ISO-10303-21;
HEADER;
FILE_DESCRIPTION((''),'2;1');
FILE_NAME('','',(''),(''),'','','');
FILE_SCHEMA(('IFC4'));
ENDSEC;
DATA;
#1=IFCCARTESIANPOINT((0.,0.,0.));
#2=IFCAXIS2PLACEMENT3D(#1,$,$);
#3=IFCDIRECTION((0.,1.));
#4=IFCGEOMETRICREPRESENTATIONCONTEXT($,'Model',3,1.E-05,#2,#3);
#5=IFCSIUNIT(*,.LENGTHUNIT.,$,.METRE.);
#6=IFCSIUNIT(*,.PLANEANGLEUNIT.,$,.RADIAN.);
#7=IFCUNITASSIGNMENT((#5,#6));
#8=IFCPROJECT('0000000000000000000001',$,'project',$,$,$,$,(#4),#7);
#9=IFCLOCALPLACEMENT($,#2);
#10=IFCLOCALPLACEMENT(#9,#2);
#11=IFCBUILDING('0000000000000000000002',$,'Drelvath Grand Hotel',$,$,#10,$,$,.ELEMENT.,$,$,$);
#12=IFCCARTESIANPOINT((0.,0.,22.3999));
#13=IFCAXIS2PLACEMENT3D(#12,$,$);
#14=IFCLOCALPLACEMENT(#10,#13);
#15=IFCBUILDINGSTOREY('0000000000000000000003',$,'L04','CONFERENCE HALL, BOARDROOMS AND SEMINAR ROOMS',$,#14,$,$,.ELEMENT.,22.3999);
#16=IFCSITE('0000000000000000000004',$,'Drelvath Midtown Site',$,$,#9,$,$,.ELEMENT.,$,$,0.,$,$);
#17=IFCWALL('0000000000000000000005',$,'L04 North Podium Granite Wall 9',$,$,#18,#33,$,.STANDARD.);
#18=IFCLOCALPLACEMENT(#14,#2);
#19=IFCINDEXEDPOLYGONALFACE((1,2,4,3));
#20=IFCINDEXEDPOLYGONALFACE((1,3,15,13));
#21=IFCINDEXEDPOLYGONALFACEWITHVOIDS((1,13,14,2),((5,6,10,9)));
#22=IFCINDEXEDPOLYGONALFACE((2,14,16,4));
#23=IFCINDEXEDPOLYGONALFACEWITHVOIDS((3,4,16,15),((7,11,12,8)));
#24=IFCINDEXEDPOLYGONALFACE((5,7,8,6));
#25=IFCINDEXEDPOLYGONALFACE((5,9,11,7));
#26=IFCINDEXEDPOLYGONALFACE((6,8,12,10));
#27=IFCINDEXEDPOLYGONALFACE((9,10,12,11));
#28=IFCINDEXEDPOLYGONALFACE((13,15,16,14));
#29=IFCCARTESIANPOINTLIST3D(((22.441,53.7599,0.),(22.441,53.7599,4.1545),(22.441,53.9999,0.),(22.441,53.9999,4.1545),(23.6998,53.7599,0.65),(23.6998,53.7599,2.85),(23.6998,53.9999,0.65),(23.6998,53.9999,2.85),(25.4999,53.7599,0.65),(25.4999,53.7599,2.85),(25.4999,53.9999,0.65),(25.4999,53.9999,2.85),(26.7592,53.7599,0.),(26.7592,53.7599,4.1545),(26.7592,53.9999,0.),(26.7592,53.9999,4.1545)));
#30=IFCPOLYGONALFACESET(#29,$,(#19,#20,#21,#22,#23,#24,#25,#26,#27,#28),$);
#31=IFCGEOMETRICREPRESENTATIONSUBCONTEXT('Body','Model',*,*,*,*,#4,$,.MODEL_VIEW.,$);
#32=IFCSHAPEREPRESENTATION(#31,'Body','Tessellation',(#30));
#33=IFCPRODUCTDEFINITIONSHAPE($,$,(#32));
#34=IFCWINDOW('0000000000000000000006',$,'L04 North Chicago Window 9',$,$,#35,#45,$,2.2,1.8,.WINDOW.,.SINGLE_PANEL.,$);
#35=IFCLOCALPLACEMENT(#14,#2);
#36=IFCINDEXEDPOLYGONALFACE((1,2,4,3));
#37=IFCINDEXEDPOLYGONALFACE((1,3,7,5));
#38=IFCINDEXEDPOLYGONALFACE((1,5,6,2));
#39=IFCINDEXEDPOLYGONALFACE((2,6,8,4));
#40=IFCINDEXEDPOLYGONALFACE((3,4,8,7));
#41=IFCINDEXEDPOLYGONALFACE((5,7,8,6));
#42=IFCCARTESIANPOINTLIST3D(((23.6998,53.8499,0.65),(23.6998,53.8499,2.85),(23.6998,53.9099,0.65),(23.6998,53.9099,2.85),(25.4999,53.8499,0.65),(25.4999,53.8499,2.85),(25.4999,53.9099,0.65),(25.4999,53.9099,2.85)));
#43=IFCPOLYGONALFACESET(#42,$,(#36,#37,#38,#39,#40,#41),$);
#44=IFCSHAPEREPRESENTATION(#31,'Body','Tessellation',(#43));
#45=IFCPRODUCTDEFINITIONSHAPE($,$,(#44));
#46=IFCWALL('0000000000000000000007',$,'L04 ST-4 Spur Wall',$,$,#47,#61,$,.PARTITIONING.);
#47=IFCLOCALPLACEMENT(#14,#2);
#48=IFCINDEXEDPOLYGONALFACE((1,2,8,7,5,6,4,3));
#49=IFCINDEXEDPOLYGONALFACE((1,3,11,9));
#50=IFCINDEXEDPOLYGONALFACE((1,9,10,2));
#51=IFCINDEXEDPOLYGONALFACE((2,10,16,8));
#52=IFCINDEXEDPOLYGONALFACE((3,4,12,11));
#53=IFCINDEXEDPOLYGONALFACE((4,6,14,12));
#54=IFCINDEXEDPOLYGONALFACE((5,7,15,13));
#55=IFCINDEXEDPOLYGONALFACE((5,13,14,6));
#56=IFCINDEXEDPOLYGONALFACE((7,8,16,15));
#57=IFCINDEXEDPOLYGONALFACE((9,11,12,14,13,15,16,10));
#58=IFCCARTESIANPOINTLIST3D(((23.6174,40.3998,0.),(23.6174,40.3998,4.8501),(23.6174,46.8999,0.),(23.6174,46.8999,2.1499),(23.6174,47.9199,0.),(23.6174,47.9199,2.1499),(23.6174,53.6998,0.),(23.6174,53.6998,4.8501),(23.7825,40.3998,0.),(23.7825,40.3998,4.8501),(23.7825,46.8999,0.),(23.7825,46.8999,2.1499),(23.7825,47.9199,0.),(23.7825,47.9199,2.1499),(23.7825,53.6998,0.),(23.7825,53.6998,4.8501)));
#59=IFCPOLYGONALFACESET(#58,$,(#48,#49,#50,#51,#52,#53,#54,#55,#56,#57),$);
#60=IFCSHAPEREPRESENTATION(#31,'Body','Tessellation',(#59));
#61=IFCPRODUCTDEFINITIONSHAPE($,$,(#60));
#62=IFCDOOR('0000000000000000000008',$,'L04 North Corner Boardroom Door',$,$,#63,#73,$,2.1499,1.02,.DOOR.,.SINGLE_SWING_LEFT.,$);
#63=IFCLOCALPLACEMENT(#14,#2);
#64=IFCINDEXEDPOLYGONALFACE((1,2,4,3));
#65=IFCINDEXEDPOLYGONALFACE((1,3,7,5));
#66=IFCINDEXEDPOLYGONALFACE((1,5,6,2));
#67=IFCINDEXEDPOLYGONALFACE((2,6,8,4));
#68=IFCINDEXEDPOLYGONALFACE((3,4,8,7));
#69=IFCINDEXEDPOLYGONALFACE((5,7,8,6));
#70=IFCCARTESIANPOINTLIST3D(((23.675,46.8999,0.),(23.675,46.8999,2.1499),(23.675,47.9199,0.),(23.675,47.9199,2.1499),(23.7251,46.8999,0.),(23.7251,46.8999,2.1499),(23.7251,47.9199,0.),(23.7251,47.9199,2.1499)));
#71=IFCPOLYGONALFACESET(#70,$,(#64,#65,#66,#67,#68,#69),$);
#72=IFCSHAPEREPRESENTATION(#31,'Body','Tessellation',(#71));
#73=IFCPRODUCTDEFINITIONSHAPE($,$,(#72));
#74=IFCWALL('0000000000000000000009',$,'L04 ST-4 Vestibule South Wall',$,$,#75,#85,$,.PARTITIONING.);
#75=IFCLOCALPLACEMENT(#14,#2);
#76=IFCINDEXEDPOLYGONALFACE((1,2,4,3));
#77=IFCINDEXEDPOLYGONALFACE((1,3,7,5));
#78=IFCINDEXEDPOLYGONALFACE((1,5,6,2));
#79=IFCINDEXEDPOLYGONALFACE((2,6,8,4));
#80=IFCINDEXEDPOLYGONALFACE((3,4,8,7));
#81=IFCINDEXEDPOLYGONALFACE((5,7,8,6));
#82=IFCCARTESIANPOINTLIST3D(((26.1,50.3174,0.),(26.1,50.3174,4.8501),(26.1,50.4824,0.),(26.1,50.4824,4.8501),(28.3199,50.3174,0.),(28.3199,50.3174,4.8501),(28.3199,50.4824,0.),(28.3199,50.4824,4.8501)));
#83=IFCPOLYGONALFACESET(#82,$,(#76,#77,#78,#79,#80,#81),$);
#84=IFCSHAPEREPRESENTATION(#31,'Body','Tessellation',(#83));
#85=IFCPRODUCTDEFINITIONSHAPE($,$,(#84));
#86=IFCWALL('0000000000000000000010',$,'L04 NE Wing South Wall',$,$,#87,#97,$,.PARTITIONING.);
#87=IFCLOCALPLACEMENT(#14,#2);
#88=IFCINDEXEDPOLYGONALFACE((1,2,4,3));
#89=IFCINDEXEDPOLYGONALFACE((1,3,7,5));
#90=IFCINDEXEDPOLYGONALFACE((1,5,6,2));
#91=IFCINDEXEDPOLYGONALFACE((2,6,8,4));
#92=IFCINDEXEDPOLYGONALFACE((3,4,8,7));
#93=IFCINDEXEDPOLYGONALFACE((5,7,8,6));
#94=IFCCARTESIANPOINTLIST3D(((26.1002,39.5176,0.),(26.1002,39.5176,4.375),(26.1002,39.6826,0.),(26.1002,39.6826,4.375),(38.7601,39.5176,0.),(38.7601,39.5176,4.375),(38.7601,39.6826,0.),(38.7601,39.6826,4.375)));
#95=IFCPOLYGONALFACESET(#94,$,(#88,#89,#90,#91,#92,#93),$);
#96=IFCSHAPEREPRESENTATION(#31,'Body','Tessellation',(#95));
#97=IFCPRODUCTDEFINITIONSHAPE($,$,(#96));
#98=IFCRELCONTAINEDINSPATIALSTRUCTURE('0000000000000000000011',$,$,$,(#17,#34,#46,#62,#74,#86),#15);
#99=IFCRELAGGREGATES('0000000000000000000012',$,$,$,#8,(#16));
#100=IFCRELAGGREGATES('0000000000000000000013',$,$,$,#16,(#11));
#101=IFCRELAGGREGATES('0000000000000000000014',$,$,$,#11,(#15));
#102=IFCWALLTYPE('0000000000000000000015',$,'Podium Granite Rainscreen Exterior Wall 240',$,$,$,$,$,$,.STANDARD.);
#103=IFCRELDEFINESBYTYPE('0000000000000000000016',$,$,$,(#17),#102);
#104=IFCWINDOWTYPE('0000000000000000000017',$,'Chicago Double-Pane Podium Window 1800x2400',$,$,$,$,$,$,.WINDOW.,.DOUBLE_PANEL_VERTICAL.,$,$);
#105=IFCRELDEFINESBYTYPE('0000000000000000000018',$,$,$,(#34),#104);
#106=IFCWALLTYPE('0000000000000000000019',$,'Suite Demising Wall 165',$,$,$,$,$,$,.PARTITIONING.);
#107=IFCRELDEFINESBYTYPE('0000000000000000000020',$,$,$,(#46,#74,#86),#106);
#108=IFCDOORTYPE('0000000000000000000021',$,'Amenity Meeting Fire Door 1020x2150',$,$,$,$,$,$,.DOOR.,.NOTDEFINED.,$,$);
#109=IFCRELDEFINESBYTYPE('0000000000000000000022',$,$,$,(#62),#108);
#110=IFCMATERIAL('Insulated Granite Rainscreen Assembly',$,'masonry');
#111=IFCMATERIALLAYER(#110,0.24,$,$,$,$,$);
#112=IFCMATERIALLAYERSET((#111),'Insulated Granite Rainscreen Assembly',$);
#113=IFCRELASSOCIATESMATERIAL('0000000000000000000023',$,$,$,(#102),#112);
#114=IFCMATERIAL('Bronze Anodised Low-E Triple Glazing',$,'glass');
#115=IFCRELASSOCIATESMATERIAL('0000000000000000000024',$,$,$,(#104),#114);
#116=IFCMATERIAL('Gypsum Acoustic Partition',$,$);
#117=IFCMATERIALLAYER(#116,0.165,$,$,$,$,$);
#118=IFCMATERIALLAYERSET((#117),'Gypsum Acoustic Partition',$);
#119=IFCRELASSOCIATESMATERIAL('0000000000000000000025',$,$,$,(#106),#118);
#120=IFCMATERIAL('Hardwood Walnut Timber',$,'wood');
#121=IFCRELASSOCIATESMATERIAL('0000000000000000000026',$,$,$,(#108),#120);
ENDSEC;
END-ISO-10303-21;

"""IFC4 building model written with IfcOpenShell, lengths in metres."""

from ifc_helpers import new_model, si_unit, direction, frame, frame_2d, origin, place, context, subcontext, project, spatial, rectangle, extrude, material, layer, layer_set, type_object, element, fill, save


model = new_model("IFC4")

# Units and contexts
model_context = context("Model", 3, precision=1e-05, world=origin(), true_north=direction((0.0, 1.0)))
body_context = subcontext(model_context, "Body", "Model", "MODEL_VIEW")
ifc_project = project(units=[si_unit("LENGTHUNIT", "METRE"), si_unit("PLANEANGLEUNIT", "RADIAN")], contexts=[model_context])

# Site, building, storey
site_placement = place(None, origin())
site = spatial("IfcSite", under=ifc_project, at=site_placement, Name="Drelvath Midtown Site", CompositionType="ELEMENT", RefElevation=0.0)
building_placement = place(site_placement, origin())
building = spatial("IfcBuilding", under=site, at=building_placement, Name="Drelvath Grand Hotel", CompositionType="ELEMENT")
storey_placement = place(building_placement, frame((0.0, 0.0, 22.3999)))
storey = spatial("IfcBuildingStorey", under=building, at=storey_placement, Name="L04", Description="CONFERENCE HALL, BOARDROOMS AND SEMINAR ROOMS", CompositionType="ELEMENT", Elevation=22.3999)

# Shared definitions
ifc_material_1 = material(Name="Gypsum Acoustic Partition")

# Wall, opening, window
ifc_material_2 = material(Name="Insulated Granite Rainscreen Assembly", Category="masonry")
ifc_layer_1 = layer(ifc_material_2, 0.24)
ifc_layer_set_1 = layer_set([ifc_layer_1], Name="Insulated Granite Rainscreen Assembly")
wall_type_1 = type_object("IfcWallType", Name="Podium Granite Rainscreen Exterior Wall 240", PredefinedType="STANDARD", material=ifc_layer_set_1)
ifc_material_3 = material(Name="Bronze Anodised Low-E Triple Glazing", Category="glass")
wall_1_placement = place(storey_placement, frame((22.4409, 53.8799, 0.0), z_axis=(0.0, 0.0, 1.0), x_axis=(1.0, 0.0, 0.0)))
wall_1 = element("IfcWall", 1, at=wall_1_placement, inside=storey, type_object=wall_type_1, Name="L04 North Podium Granite Wall 9", PredefinedType="STANDARD", context=body_context, shape_type="SweptSolid", body=[
    extrude(rectangle(XDim=4.3181, YDim=0.24, at=frame_2d((2.1592, 0.0))), origin(), (0.0, 0.0, 1.0), 4.1545),
])
opening_1_placement = place(wall_1_placement, frame((1.259, 0.0, 0.6499)))
opening_1 = element("IfcOpeningElement", 2, at=opening_1_placement, cuts=wall_1, PredefinedType="OPENING", context=body_context, shape_type="SweptSolid", body=[
    extrude(rectangle(XDim=1.8, YDim=2.2, at=frame_2d((0.8999, 1.1001))), frame((0.0, 0.1299, 0.0), z_axis=(0.0, -1.0, 0.0), x_axis=(1.0, 0.0, 0.0)), (0.0, 0.0, 1.0), 0.26),
])
window_type_1 = type_object("IfcWindowType", Name="Chicago Double-Pane Podium Window 1800x2400", PartitioningType="DOUBLE_PANEL_VERTICAL", PredefinedType="WINDOW", material=ifc_material_3)
window_1_placement = place(opening_1_placement, origin())
window_1 = element("IfcWindow", 3, at=window_1_placement, inside=storey, type_object=window_type_1, Name="L04 North Chicago Window 9", OverallHeight=2.2, OverallWidth=1.8, PartitioningType="SINGLE_PANEL", PredefinedType="WINDOW", context=body_context, shape_type="SweptSolid", body=[
    extrude(rectangle(XDim=1.8, YDim=2.2, at=frame_2d((0.8999, 1.1001))), frame((0.0, 0.03, 0.0), z_axis=(0.0, -1.0, 0.0), x_axis=(1.0, 0.0, 0.0)), (0.0, 0.0, 1.0), 0.0601),
])
fill(opening_1, window_1)

# Wall, opening, door
ifc_layer_2 = layer(ifc_material_1, 0.165)
ifc_layer_set_2 = layer_set([ifc_layer_2], Name="Gypsum Acoustic Partition")
wall_type_2 = type_object("IfcWallType", Name="Suite Demising Wall 165", PredefinedType="PARTITIONING", material=ifc_layer_set_2)
wall_2_placement = place(storey_placement, frame((23.7, 40.3999, 0.0), z_axis=(0.0, 0.0, 1.0), x_axis=(0.0, 1.0, 0.0)))
wall_2 = element("IfcWall", 4, at=wall_2_placement, inside=storey, type_object=wall_type_2, Name="L04 ST-4 Spur Wall", PredefinedType="PARTITIONING", context=body_context, shape_type="SweptSolid", body=[
    extrude(rectangle(XDim=13.3, YDim=0.165, at=frame_2d((6.6499, 0.0))), origin(), (0.0, 0.0, 1.0), 4.8501),
])
opening_2_placement = place(wall_2_placement, frame((6.5, 0.0, 0.0)))
opening_2 = element("IfcOpeningElement", 5, at=opening_2_placement, cuts=wall_2, PredefinedType="OPENING", context=body_context, shape_type="SweptSolid", body=[
    extrude(rectangle(XDim=1.02, YDim=2.1499, at=frame_2d((0.51, 1.075))), frame((0.0, 0.0925, 0.0), z_axis=(0.0, -1.0, 0.0), x_axis=(1.0, 0.0, 0.0)), (0.0, 0.0, 1.0), 0.1851),
])
ifc_material_4 = material(Name="Hardwood Walnut Timber", Category="wood")
door_type = type_object("IfcDoorType", Name="Amenity Meeting Fire Door 1020x2150", OperationType="NOTDEFINED", PredefinedType="DOOR", material=ifc_material_4)
door_placement = place(opening_2_placement, origin())
door = element("IfcDoor", 6, at=door_placement, inside=storey, type_object=door_type, Name="L04 North Corner Boardroom Door", OperationType="SINGLE_SWING_LEFT", OverallHeight=2.1499, OverallWidth=1.02, PredefinedType="DOOR", context=body_context, shape_type="SweptSolid", body=[
    extrude(rectangle(XDim=1.02, YDim=2.1499, at=frame_2d((0.51, 1.075))), frame((0.0, 0.0249, 0.0), z_axis=(0.0, -1.0, 0.0), x_axis=(1.0, 0.0, 0.0)), (0.0, 0.0, 1.0), 0.05),
])
fill(opening_2, door)

# Walls
wall_3_placement = place(storey_placement, frame((26.1001, 50.3999, 0.0), z_axis=(0.0, 0.0, 1.0), x_axis=(1.0, 0.0, 0.0)))
element("IfcWall", 7, at=wall_3_placement, inside=storey, type_object=wall_type_2, Name="L04 ST-4 Vestibule South Wall", PredefinedType="PARTITIONING", context=body_context, shape_type="SweptSolid", body=[
    extrude(rectangle(XDim=2.22, YDim=0.165, at=frame_2d((1.1099, 0.0))), origin(), (0.0, 0.0, 1.0), 4.8501),
])
wall_4_placement = place(storey_placement, frame((26.1001, 39.6001, 0.0), z_axis=(0.0, 0.0, 1.0), x_axis=(1.0, 0.0, 0.0)))
element("IfcWall", 8, at=wall_4_placement, inside=storey, type_object=wall_type_2, Name="L04 NE Wing South Wall", PredefinedType="PARTITIONING", context=body_context, shape_type="SweptSolid", body=[
    extrude(rectangle(XDim=12.6599, YDim=0.165, at=frame_2d((6.3301, 0.0))), origin(), (0.0, 0.0, 1.0), 4.375),
])

save(model, "model.ifc")
